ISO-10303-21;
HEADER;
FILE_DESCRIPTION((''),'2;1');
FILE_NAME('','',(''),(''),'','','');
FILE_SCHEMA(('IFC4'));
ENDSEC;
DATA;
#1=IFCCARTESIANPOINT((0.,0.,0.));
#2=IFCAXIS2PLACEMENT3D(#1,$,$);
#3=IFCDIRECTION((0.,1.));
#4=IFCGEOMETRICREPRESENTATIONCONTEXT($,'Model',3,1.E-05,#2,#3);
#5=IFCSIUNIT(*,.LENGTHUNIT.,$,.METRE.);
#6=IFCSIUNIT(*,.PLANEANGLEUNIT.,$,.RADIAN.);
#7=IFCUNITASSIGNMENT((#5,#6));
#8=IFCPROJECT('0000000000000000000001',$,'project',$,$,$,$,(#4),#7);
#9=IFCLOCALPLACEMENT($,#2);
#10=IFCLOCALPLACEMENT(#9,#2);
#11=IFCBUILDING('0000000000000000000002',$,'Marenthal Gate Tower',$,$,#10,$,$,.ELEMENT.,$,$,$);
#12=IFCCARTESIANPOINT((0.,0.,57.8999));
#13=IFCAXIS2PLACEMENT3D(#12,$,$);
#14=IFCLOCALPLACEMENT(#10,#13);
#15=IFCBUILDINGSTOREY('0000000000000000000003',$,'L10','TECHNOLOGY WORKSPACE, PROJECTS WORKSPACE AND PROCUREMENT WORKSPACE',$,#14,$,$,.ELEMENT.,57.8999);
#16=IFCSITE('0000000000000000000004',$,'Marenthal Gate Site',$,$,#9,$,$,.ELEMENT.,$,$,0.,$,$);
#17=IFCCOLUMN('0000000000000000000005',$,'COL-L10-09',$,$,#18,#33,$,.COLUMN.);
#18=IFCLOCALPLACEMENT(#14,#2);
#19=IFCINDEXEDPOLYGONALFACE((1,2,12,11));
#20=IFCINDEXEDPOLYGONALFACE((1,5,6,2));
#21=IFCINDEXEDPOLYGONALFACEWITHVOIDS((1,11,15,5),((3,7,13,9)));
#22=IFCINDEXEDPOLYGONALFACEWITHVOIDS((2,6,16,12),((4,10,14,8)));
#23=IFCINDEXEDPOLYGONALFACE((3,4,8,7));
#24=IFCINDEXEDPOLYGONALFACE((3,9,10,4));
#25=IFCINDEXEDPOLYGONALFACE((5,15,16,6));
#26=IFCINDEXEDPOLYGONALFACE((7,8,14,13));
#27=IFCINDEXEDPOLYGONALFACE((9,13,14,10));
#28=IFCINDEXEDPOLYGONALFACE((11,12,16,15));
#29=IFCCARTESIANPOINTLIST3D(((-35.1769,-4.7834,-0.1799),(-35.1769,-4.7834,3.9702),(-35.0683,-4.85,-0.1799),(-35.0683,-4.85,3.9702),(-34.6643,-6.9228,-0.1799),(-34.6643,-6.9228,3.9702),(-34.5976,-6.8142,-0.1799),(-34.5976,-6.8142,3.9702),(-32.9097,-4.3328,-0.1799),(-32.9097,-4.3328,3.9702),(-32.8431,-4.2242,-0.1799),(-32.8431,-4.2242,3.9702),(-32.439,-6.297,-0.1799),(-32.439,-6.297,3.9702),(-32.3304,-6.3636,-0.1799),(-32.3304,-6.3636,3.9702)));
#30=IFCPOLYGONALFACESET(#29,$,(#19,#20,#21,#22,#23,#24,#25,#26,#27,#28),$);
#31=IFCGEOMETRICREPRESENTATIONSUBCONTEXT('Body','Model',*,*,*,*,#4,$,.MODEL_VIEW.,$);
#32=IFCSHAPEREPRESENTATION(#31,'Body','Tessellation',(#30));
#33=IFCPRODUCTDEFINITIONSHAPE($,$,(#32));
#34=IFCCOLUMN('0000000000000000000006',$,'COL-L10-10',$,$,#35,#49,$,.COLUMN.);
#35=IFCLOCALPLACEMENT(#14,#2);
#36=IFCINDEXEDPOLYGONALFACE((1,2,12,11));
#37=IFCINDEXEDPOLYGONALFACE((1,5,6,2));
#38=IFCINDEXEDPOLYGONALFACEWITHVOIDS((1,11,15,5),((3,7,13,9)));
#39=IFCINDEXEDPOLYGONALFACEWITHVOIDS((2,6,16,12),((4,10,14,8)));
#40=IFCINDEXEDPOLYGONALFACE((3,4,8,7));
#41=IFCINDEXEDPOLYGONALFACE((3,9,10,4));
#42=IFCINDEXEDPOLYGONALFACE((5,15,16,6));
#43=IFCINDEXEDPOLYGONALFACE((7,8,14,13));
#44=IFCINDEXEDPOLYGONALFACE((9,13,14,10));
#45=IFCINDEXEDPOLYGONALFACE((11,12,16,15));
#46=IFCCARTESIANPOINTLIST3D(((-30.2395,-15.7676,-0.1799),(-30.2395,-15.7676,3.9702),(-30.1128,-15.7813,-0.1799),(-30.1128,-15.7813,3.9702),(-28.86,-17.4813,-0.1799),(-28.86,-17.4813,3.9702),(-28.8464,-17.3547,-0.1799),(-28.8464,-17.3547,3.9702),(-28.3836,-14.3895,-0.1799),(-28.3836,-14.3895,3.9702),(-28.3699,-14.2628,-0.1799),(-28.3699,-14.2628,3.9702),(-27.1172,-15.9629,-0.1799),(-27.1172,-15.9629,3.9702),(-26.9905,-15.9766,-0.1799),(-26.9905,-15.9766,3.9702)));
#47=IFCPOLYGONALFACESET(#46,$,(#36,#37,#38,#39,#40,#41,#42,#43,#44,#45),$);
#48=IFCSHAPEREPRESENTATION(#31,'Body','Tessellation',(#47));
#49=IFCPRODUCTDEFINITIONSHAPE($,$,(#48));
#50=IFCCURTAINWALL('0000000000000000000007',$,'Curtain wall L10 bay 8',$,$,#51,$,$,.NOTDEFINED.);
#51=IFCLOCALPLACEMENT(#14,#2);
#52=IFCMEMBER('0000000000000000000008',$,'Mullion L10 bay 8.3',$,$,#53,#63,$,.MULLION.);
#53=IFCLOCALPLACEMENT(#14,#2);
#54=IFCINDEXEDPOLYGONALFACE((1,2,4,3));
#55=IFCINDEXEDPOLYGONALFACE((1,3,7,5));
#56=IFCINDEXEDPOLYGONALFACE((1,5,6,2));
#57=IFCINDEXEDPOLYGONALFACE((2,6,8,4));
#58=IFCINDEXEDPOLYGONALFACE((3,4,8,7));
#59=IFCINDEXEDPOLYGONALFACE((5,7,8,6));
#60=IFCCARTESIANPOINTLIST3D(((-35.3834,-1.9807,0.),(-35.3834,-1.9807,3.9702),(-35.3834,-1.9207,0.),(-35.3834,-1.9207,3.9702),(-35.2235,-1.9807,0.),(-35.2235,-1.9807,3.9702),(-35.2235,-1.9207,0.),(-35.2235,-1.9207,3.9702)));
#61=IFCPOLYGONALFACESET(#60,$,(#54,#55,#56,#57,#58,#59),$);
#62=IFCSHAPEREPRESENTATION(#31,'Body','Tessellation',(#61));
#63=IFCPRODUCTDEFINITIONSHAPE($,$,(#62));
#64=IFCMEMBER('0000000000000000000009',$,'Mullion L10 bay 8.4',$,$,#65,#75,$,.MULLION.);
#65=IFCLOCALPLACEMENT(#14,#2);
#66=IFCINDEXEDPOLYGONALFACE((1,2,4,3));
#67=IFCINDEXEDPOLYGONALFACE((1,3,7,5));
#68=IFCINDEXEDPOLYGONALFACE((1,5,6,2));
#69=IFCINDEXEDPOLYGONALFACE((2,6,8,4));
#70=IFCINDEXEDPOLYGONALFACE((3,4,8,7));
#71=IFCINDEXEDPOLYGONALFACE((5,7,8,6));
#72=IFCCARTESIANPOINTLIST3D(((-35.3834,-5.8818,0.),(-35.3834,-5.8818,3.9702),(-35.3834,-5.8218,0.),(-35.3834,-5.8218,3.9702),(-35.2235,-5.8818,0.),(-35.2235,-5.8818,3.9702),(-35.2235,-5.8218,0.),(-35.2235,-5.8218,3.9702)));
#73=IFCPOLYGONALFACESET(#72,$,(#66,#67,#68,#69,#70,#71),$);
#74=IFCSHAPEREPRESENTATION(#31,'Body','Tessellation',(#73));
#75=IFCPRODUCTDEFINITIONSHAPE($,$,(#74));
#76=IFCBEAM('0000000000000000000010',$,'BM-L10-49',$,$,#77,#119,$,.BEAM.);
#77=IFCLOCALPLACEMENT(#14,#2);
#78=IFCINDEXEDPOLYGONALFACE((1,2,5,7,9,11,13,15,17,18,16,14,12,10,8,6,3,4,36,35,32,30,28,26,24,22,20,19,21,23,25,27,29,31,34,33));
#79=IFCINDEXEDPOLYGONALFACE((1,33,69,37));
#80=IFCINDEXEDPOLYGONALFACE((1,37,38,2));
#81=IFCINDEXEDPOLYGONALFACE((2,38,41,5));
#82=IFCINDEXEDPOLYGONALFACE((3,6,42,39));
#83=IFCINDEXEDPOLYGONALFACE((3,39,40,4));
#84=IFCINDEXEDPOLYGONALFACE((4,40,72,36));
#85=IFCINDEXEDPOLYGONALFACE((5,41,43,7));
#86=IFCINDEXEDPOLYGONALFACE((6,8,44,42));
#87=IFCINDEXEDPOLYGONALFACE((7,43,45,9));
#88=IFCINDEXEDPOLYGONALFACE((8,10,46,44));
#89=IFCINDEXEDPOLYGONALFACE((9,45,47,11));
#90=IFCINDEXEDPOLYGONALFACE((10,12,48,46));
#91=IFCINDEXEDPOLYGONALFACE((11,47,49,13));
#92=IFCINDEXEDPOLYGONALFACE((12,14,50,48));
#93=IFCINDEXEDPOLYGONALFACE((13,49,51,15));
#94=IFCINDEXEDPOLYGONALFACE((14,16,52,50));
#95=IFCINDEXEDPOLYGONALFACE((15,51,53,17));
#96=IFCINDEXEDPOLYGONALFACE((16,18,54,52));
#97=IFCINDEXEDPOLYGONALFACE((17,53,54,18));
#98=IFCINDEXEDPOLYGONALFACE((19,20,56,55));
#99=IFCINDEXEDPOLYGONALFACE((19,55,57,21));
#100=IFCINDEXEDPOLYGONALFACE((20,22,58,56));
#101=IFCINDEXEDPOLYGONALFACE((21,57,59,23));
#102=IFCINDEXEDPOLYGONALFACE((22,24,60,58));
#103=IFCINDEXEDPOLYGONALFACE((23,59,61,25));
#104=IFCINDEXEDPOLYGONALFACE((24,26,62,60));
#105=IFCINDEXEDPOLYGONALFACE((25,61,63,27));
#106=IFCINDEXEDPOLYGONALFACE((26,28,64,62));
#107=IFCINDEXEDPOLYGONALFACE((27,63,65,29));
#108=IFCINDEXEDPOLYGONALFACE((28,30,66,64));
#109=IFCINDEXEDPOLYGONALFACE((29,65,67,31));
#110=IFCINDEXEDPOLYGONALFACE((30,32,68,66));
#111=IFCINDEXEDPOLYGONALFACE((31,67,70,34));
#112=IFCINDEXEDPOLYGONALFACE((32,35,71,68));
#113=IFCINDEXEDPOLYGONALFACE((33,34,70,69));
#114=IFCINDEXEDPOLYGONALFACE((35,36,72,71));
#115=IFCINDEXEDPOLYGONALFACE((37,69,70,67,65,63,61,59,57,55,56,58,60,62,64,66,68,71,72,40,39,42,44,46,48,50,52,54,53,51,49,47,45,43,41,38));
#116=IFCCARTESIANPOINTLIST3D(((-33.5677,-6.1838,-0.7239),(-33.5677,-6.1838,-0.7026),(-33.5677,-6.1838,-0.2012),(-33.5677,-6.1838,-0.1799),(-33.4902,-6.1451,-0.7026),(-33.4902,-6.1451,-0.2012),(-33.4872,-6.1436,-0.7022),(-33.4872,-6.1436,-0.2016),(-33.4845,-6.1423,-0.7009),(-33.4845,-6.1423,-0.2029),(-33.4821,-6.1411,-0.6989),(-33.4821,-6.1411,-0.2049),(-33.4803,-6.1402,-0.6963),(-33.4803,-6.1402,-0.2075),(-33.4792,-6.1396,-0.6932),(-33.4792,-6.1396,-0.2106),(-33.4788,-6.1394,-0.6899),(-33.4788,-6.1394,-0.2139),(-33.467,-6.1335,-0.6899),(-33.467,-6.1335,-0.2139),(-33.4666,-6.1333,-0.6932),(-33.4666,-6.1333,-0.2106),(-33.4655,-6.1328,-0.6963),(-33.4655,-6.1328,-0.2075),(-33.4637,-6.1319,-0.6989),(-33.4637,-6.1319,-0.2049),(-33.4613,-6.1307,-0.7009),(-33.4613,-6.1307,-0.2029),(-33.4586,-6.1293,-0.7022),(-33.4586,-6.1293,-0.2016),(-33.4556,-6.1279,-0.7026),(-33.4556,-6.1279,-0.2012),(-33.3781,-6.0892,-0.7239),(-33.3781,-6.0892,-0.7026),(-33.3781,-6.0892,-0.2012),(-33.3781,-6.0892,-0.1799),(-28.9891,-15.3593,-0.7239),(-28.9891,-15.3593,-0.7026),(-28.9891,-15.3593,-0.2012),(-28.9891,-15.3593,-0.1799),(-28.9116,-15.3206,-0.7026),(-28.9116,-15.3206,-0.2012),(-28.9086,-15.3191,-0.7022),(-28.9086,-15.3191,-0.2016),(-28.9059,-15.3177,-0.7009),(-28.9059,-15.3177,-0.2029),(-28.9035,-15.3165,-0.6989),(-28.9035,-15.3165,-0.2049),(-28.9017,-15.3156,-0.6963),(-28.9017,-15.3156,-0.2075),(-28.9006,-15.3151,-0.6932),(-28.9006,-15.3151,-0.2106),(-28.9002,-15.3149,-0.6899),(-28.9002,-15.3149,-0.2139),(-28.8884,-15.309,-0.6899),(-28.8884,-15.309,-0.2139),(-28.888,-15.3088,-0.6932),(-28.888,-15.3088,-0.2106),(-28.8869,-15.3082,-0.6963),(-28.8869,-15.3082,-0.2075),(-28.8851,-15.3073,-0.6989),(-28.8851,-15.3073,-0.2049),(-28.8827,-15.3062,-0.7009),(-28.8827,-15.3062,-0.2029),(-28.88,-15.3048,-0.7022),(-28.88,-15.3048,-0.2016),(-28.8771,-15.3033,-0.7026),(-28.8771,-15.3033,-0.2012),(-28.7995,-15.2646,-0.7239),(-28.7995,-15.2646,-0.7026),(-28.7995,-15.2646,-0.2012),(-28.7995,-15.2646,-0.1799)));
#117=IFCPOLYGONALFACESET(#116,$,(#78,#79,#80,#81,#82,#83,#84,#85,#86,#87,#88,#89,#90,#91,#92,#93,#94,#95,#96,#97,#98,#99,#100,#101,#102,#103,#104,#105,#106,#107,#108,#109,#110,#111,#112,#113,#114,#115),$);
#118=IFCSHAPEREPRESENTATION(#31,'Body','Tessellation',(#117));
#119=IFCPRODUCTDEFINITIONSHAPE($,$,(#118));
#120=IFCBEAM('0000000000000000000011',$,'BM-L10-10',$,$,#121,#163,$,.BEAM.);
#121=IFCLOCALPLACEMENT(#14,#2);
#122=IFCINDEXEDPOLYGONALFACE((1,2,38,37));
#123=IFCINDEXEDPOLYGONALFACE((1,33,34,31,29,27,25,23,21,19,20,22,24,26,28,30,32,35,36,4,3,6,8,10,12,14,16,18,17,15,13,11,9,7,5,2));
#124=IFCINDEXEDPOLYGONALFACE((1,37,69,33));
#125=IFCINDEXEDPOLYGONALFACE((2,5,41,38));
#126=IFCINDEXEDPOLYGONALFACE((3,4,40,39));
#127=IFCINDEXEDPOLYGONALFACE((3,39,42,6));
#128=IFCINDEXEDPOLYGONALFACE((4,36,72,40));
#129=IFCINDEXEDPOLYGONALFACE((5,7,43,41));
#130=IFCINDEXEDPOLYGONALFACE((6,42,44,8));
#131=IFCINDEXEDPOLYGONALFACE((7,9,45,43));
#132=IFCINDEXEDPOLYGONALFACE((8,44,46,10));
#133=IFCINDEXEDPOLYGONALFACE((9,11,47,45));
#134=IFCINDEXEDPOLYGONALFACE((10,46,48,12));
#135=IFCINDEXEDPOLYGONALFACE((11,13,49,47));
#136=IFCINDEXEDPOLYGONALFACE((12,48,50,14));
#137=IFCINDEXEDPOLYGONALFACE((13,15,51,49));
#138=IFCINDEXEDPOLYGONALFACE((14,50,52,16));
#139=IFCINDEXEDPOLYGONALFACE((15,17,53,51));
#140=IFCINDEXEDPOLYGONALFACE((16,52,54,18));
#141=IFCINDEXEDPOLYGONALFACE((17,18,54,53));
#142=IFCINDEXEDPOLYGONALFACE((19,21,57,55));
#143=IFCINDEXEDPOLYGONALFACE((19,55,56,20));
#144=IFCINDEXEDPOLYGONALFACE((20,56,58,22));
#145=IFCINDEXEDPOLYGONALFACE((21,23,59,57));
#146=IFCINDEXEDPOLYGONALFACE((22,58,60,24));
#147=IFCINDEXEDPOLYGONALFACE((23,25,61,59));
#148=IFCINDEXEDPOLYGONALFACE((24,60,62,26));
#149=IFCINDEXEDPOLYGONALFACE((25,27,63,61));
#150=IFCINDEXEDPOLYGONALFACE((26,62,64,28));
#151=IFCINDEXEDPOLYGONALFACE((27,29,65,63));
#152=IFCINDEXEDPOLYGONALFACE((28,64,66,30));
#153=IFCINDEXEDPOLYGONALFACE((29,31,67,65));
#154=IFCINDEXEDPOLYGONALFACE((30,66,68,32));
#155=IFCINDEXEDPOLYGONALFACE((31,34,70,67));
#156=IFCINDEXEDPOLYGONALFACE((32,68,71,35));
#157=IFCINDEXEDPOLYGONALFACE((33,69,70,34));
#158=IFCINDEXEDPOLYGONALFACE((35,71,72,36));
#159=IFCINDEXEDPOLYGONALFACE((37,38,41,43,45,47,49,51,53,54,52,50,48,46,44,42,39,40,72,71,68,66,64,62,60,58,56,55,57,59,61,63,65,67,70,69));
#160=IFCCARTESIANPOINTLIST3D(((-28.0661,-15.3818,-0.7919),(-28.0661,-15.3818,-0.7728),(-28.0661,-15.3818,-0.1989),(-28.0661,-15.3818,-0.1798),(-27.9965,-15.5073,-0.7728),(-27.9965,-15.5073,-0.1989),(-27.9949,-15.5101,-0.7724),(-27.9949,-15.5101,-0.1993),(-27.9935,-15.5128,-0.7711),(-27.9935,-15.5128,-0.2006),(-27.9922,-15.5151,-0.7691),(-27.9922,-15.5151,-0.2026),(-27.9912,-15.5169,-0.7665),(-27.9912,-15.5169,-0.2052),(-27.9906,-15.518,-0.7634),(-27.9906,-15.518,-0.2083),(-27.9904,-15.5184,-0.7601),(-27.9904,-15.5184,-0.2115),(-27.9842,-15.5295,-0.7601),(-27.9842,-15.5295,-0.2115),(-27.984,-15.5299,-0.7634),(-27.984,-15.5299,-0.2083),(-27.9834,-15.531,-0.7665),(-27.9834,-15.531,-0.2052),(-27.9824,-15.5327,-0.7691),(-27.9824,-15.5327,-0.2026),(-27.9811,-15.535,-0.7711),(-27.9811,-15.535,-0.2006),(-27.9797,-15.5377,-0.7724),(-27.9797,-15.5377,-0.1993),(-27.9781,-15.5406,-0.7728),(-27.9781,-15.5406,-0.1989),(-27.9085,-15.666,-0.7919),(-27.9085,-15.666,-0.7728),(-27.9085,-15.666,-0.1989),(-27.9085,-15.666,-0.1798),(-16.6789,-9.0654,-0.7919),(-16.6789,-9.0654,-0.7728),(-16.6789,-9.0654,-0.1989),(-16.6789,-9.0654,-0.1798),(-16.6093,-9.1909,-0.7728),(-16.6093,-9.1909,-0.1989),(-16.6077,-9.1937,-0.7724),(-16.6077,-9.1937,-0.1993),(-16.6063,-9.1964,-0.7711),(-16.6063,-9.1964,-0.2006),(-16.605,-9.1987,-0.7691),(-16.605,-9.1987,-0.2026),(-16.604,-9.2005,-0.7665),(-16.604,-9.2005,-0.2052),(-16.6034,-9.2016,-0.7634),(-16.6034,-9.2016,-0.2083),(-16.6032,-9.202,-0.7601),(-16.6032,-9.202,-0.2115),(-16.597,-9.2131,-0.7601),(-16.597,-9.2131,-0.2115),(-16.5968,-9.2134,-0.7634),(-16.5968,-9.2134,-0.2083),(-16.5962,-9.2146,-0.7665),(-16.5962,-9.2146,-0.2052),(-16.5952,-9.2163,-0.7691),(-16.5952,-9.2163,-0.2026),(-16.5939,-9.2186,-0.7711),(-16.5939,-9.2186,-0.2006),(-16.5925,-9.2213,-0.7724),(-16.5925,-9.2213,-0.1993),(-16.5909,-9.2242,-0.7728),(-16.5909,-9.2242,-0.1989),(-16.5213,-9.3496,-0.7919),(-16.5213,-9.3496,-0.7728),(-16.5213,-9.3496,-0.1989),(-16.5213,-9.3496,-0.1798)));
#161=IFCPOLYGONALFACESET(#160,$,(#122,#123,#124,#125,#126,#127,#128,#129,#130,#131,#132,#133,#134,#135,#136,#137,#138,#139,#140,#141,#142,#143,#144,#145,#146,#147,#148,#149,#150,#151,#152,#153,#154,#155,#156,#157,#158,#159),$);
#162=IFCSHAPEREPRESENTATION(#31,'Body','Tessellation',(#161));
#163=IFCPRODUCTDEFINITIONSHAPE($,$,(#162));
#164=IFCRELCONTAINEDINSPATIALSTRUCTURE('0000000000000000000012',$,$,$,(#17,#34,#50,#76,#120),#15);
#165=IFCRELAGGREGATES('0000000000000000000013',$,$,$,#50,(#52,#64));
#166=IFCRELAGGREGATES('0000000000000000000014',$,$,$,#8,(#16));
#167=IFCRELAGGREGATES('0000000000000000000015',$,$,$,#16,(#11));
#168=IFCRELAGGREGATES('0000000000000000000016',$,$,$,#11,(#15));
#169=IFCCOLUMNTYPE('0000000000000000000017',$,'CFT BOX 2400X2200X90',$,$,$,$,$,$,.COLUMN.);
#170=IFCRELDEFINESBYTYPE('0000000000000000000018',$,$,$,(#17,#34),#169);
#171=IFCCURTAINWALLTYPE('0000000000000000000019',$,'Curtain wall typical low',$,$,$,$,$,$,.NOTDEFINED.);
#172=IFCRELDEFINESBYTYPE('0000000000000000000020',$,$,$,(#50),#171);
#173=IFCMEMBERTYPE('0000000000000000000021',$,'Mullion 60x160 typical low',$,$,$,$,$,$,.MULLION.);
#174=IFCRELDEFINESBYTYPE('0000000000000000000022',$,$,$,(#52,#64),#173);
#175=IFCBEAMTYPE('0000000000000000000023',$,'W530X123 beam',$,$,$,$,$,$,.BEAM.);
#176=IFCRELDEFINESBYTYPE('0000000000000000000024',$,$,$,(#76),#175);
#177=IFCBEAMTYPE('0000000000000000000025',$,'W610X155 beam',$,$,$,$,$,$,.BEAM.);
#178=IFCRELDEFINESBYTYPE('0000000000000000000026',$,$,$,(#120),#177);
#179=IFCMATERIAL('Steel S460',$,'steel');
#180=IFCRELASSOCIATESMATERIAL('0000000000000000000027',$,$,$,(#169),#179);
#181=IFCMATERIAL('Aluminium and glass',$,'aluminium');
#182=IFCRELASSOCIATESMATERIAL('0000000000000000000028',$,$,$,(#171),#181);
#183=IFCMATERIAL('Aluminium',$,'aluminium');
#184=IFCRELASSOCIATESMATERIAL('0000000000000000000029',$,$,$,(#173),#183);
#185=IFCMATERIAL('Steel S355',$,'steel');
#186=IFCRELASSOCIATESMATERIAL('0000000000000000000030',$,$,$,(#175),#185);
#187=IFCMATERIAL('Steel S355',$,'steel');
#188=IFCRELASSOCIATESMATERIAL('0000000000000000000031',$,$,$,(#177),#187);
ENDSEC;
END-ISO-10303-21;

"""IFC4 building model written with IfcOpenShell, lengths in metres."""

from ifc_helpers import new_model, si_unit, direction, frame, origin, origin_2d, place, context, subcontext, project, spatial, rectangle, hollow_rectangle, i_section, extrude, material, material_profile, profile_set, type_object, element, aggregate, save


model = new_model("IFC4")

# Units and contexts
model_context = context("Model", 3, precision=1e-05, world=origin(), true_north=direction((0.0, 1.0)))
body_context = subcontext(model_context, "Body", "Model", "MODEL_VIEW")
ifc_project = project(units=[si_unit("LENGTHUNIT", "METRE"), si_unit("PLANEANGLEUNIT", "RADIAN")], contexts=[model_context])

# Site, building, storey
site_placement = place(None, origin())
site = spatial("IfcSite", under=ifc_project, at=site_placement, Name="Marenthal Gate Site", CompositionType="ELEMENT", RefElevation=0.0)
building_placement = place(site_placement, origin())
building = spatial("IfcBuilding", under=site, at=building_placement, Name="Marenthal Gate Tower", CompositionType="ELEMENT")
storey_placement = place(building_placement, frame((0.0, 0.0, 57.8999)))
storey = spatial("IfcBuildingStorey", under=building, at=storey_placement, Name="L10", Description="TECHNOLOGY WORKSPACE, PROJECTS WORKSPACE AND PROCUREMENT WORKSPACE", CompositionType="ELEMENT", Elevation=57.8999)

# Columns
ifc_material_1 = material(Name="Steel S460", Category="steel")
ifc_material_profile_1 = material_profile(ifc_material_1, hollow_rectangle(XDim=2.2, YDim=2.3999, WallThickness=0.0901, at=origin_2d()), Name="CFT BOX 2400X2200X90")
ifc_material_2 = material(Name="Concrete 70 MPa", Category="concrete")
ifc_material_profile_2 = material_profile(ifc_material_2, rectangle(XDim=2.02, YDim=2.22, at=origin_2d()), Name="CFT BOX 2400X2200X90 INFILL")
ifc_profile_set_1 = profile_set([ifc_material_profile_1, ifc_material_profile_2], Name="Steel S460 shell, Concrete 70 MPa infill")
column_type = type_object("IfcColumnType", Name="CFT BOX 2400X2200X90", PredefinedType="COLUMN", material=ifc_profile_set_1)
for number, where, z_axis, x_axis, name in (
    (1, (-33.7537, -5.5735, -0.1799), (0.0, 0.0, 1.0), (-0.233019, 0.972472, 0.0), "COL-L10-09"),
    (2, (-28.615, -15.8721, -0.1799), (0.0, 0.0, 1.0), (-0.627023, 0.779001, 0.0), "COL-L10-10"),
):
    element("IfcColumn", number, at=place(storey_placement, frame(where, z_axis=z_axis, x_axis=x_axis)), inside=storey, type_object=column_type, Name=name, PredefinedType="COLUMN", context=body_context, shape_type="SweptSolid", body=[
        extrude(hollow_rectangle(XDim=2.2, YDim=2.3999, WallThickness=0.0901, at=origin_2d()), origin(), (0.0, 0.0, 1.0), 4.1501),
    ])

# Curtain wall, members
ifc_material_3 = material(Name="Aluminium and glass", Category="aluminium")
curtain_wall_type = type_object("IfcCurtainWallType", Name="Curtain wall typical low", PredefinedType="NOTDEFINED", material=ifc_material_3)
curtain_wall_placement = place(storey_placement, origin())
curtain_wall = element("IfcCurtainWall", 3, at=curtain_wall_placement, inside=storey, type_object=curtain_wall_type, Name="Curtain wall L10 bay 8", PredefinedType="NOTDEFINED")
ifc_material_4 = material(Name="Aluminium", Category="aluminium")
ifc_material_profile_3 = material_profile(ifc_material_4, rectangle(XDim=0.1599, YDim=0.0601, at=origin_2d()), Name="60x160 aluminium mullion")
ifc_profile_set_2 = profile_set([ifc_material_profile_3], Name="Aluminium")
member_type = type_object("IfcMemberType", Name="Mullion 60x160 typical low", PredefinedType="MULLION", material=ifc_profile_set_2)
member_1_placement = place(storey_placement, frame((-35.3035, -1.9507, 0.0), z_axis=(0.0, 0.0, 1.0), x_axis=(1.0, 0.0, 0.0)))
member_1 = element("IfcMember", 4, at=member_1_placement, type_object=member_type, Name="Mullion L10 bay 8.3", PredefinedType="MULLION", context=body_context, shape_type="SweptSolid", body=[
    extrude(rectangle(XDim=0.1599, YDim=0.0601, at=origin_2d()), origin(), (0.0, 0.0, 1.0), 3.9702),
])
member_2_placement = place(storey_placement, frame((-35.3035, -5.8518, 0.0), z_axis=(0.0, 0.0, 1.0), x_axis=(1.0, 0.0, 0.0)))
member_2 = element("IfcMember", 5, at=member_2_placement, type_object=member_type, Name="Mullion L10 bay 8.4", PredefinedType="MULLION", context=body_context, shape_type="SweptSolid", body=[
    extrude(rectangle(XDim=0.1599, YDim=0.0601, at=origin_2d()), origin(), (0.0, 0.0, 1.0), 3.9702),
])

# Beams
ifc_material_5 = material(Name="Steel S355", Category="steel")
ifc_material_profile_4 = material_profile(ifc_material_5, i_section(OverallWidth=0.2119, OverallDepth=0.5439, WebThickness=0.0132, FlangeThickness=0.0212, FilletRadius=0.0127, at=origin_2d()), Name="W530X123")
ifc_profile_set_3 = profile_set([ifc_material_profile_4], Name="Steel S355")
beam_type_1 = type_object("IfcBeamType", Name="W530X123 beam", PredefinedType="BEAM", material=ifc_profile_set_3)
beam_1_placement = place(storey_placement, frame((-33.4729, -6.1365, -0.4519), z_axis=(0.446499, -0.894784, 0.0), x_axis=(0.894784, 0.446499, 0.0)))
element("IfcBeam", 6, at=beam_1_placement, inside=storey, type_object=beam_type_1, Name="BM-L10-49", PredefinedType="BEAM", context=body_context, shape_type="SweptSolid", body=[
    extrude(i_section(OverallWidth=0.2119, OverallDepth=0.5439, WebThickness=0.0132, FlangeThickness=0.0212, FilletRadius=0.0127, at=origin_2d()), origin(), (0.0, 0.0, 1.0), 10.2544),
])
ifc_material_6 = material(Name="Steel S355", Category="steel")
ifc_material_profile_5 = material_profile(ifc_material_6, i_section(OverallWidth=0.325, OverallDepth=0.6121, WebThickness=0.0127, FlangeThickness=0.019, FilletRadius=0.0127, at=origin_2d()), Name="W610X155")
ifc_profile_set_4 = profile_set([ifc_material_profile_5], Name="Steel S355")
beam_type_2 = type_object("IfcBeamType", Name="W610X155 beam", PredefinedType="BEAM", material=ifc_profile_set_4)
beam_2_placement = place(storey_placement, frame((-27.9873, -15.5239, -0.4858), z_axis=(0.874477, 0.485067, 0.0), x_axis=(-0.485067, 0.874477, 0.0)))
element("IfcBeam", 7, at=beam_2_placement, inside=storey, type_object=beam_type_2, Name="BM-L10-10", PredefinedType="BEAM", context=body_context, shape_type="SweptSolid", body=[
    extrude(i_section(OverallWidth=0.325, OverallDepth=0.6121, WebThickness=0.0127, FlangeThickness=0.019, FilletRadius=0.0127, at=origin_2d()), origin(), (0.0, 0.0, 1.0), 13.0217),
])

aggregate(curtain_wall, [member_1, member_2])

save(model, "model.ifc")
